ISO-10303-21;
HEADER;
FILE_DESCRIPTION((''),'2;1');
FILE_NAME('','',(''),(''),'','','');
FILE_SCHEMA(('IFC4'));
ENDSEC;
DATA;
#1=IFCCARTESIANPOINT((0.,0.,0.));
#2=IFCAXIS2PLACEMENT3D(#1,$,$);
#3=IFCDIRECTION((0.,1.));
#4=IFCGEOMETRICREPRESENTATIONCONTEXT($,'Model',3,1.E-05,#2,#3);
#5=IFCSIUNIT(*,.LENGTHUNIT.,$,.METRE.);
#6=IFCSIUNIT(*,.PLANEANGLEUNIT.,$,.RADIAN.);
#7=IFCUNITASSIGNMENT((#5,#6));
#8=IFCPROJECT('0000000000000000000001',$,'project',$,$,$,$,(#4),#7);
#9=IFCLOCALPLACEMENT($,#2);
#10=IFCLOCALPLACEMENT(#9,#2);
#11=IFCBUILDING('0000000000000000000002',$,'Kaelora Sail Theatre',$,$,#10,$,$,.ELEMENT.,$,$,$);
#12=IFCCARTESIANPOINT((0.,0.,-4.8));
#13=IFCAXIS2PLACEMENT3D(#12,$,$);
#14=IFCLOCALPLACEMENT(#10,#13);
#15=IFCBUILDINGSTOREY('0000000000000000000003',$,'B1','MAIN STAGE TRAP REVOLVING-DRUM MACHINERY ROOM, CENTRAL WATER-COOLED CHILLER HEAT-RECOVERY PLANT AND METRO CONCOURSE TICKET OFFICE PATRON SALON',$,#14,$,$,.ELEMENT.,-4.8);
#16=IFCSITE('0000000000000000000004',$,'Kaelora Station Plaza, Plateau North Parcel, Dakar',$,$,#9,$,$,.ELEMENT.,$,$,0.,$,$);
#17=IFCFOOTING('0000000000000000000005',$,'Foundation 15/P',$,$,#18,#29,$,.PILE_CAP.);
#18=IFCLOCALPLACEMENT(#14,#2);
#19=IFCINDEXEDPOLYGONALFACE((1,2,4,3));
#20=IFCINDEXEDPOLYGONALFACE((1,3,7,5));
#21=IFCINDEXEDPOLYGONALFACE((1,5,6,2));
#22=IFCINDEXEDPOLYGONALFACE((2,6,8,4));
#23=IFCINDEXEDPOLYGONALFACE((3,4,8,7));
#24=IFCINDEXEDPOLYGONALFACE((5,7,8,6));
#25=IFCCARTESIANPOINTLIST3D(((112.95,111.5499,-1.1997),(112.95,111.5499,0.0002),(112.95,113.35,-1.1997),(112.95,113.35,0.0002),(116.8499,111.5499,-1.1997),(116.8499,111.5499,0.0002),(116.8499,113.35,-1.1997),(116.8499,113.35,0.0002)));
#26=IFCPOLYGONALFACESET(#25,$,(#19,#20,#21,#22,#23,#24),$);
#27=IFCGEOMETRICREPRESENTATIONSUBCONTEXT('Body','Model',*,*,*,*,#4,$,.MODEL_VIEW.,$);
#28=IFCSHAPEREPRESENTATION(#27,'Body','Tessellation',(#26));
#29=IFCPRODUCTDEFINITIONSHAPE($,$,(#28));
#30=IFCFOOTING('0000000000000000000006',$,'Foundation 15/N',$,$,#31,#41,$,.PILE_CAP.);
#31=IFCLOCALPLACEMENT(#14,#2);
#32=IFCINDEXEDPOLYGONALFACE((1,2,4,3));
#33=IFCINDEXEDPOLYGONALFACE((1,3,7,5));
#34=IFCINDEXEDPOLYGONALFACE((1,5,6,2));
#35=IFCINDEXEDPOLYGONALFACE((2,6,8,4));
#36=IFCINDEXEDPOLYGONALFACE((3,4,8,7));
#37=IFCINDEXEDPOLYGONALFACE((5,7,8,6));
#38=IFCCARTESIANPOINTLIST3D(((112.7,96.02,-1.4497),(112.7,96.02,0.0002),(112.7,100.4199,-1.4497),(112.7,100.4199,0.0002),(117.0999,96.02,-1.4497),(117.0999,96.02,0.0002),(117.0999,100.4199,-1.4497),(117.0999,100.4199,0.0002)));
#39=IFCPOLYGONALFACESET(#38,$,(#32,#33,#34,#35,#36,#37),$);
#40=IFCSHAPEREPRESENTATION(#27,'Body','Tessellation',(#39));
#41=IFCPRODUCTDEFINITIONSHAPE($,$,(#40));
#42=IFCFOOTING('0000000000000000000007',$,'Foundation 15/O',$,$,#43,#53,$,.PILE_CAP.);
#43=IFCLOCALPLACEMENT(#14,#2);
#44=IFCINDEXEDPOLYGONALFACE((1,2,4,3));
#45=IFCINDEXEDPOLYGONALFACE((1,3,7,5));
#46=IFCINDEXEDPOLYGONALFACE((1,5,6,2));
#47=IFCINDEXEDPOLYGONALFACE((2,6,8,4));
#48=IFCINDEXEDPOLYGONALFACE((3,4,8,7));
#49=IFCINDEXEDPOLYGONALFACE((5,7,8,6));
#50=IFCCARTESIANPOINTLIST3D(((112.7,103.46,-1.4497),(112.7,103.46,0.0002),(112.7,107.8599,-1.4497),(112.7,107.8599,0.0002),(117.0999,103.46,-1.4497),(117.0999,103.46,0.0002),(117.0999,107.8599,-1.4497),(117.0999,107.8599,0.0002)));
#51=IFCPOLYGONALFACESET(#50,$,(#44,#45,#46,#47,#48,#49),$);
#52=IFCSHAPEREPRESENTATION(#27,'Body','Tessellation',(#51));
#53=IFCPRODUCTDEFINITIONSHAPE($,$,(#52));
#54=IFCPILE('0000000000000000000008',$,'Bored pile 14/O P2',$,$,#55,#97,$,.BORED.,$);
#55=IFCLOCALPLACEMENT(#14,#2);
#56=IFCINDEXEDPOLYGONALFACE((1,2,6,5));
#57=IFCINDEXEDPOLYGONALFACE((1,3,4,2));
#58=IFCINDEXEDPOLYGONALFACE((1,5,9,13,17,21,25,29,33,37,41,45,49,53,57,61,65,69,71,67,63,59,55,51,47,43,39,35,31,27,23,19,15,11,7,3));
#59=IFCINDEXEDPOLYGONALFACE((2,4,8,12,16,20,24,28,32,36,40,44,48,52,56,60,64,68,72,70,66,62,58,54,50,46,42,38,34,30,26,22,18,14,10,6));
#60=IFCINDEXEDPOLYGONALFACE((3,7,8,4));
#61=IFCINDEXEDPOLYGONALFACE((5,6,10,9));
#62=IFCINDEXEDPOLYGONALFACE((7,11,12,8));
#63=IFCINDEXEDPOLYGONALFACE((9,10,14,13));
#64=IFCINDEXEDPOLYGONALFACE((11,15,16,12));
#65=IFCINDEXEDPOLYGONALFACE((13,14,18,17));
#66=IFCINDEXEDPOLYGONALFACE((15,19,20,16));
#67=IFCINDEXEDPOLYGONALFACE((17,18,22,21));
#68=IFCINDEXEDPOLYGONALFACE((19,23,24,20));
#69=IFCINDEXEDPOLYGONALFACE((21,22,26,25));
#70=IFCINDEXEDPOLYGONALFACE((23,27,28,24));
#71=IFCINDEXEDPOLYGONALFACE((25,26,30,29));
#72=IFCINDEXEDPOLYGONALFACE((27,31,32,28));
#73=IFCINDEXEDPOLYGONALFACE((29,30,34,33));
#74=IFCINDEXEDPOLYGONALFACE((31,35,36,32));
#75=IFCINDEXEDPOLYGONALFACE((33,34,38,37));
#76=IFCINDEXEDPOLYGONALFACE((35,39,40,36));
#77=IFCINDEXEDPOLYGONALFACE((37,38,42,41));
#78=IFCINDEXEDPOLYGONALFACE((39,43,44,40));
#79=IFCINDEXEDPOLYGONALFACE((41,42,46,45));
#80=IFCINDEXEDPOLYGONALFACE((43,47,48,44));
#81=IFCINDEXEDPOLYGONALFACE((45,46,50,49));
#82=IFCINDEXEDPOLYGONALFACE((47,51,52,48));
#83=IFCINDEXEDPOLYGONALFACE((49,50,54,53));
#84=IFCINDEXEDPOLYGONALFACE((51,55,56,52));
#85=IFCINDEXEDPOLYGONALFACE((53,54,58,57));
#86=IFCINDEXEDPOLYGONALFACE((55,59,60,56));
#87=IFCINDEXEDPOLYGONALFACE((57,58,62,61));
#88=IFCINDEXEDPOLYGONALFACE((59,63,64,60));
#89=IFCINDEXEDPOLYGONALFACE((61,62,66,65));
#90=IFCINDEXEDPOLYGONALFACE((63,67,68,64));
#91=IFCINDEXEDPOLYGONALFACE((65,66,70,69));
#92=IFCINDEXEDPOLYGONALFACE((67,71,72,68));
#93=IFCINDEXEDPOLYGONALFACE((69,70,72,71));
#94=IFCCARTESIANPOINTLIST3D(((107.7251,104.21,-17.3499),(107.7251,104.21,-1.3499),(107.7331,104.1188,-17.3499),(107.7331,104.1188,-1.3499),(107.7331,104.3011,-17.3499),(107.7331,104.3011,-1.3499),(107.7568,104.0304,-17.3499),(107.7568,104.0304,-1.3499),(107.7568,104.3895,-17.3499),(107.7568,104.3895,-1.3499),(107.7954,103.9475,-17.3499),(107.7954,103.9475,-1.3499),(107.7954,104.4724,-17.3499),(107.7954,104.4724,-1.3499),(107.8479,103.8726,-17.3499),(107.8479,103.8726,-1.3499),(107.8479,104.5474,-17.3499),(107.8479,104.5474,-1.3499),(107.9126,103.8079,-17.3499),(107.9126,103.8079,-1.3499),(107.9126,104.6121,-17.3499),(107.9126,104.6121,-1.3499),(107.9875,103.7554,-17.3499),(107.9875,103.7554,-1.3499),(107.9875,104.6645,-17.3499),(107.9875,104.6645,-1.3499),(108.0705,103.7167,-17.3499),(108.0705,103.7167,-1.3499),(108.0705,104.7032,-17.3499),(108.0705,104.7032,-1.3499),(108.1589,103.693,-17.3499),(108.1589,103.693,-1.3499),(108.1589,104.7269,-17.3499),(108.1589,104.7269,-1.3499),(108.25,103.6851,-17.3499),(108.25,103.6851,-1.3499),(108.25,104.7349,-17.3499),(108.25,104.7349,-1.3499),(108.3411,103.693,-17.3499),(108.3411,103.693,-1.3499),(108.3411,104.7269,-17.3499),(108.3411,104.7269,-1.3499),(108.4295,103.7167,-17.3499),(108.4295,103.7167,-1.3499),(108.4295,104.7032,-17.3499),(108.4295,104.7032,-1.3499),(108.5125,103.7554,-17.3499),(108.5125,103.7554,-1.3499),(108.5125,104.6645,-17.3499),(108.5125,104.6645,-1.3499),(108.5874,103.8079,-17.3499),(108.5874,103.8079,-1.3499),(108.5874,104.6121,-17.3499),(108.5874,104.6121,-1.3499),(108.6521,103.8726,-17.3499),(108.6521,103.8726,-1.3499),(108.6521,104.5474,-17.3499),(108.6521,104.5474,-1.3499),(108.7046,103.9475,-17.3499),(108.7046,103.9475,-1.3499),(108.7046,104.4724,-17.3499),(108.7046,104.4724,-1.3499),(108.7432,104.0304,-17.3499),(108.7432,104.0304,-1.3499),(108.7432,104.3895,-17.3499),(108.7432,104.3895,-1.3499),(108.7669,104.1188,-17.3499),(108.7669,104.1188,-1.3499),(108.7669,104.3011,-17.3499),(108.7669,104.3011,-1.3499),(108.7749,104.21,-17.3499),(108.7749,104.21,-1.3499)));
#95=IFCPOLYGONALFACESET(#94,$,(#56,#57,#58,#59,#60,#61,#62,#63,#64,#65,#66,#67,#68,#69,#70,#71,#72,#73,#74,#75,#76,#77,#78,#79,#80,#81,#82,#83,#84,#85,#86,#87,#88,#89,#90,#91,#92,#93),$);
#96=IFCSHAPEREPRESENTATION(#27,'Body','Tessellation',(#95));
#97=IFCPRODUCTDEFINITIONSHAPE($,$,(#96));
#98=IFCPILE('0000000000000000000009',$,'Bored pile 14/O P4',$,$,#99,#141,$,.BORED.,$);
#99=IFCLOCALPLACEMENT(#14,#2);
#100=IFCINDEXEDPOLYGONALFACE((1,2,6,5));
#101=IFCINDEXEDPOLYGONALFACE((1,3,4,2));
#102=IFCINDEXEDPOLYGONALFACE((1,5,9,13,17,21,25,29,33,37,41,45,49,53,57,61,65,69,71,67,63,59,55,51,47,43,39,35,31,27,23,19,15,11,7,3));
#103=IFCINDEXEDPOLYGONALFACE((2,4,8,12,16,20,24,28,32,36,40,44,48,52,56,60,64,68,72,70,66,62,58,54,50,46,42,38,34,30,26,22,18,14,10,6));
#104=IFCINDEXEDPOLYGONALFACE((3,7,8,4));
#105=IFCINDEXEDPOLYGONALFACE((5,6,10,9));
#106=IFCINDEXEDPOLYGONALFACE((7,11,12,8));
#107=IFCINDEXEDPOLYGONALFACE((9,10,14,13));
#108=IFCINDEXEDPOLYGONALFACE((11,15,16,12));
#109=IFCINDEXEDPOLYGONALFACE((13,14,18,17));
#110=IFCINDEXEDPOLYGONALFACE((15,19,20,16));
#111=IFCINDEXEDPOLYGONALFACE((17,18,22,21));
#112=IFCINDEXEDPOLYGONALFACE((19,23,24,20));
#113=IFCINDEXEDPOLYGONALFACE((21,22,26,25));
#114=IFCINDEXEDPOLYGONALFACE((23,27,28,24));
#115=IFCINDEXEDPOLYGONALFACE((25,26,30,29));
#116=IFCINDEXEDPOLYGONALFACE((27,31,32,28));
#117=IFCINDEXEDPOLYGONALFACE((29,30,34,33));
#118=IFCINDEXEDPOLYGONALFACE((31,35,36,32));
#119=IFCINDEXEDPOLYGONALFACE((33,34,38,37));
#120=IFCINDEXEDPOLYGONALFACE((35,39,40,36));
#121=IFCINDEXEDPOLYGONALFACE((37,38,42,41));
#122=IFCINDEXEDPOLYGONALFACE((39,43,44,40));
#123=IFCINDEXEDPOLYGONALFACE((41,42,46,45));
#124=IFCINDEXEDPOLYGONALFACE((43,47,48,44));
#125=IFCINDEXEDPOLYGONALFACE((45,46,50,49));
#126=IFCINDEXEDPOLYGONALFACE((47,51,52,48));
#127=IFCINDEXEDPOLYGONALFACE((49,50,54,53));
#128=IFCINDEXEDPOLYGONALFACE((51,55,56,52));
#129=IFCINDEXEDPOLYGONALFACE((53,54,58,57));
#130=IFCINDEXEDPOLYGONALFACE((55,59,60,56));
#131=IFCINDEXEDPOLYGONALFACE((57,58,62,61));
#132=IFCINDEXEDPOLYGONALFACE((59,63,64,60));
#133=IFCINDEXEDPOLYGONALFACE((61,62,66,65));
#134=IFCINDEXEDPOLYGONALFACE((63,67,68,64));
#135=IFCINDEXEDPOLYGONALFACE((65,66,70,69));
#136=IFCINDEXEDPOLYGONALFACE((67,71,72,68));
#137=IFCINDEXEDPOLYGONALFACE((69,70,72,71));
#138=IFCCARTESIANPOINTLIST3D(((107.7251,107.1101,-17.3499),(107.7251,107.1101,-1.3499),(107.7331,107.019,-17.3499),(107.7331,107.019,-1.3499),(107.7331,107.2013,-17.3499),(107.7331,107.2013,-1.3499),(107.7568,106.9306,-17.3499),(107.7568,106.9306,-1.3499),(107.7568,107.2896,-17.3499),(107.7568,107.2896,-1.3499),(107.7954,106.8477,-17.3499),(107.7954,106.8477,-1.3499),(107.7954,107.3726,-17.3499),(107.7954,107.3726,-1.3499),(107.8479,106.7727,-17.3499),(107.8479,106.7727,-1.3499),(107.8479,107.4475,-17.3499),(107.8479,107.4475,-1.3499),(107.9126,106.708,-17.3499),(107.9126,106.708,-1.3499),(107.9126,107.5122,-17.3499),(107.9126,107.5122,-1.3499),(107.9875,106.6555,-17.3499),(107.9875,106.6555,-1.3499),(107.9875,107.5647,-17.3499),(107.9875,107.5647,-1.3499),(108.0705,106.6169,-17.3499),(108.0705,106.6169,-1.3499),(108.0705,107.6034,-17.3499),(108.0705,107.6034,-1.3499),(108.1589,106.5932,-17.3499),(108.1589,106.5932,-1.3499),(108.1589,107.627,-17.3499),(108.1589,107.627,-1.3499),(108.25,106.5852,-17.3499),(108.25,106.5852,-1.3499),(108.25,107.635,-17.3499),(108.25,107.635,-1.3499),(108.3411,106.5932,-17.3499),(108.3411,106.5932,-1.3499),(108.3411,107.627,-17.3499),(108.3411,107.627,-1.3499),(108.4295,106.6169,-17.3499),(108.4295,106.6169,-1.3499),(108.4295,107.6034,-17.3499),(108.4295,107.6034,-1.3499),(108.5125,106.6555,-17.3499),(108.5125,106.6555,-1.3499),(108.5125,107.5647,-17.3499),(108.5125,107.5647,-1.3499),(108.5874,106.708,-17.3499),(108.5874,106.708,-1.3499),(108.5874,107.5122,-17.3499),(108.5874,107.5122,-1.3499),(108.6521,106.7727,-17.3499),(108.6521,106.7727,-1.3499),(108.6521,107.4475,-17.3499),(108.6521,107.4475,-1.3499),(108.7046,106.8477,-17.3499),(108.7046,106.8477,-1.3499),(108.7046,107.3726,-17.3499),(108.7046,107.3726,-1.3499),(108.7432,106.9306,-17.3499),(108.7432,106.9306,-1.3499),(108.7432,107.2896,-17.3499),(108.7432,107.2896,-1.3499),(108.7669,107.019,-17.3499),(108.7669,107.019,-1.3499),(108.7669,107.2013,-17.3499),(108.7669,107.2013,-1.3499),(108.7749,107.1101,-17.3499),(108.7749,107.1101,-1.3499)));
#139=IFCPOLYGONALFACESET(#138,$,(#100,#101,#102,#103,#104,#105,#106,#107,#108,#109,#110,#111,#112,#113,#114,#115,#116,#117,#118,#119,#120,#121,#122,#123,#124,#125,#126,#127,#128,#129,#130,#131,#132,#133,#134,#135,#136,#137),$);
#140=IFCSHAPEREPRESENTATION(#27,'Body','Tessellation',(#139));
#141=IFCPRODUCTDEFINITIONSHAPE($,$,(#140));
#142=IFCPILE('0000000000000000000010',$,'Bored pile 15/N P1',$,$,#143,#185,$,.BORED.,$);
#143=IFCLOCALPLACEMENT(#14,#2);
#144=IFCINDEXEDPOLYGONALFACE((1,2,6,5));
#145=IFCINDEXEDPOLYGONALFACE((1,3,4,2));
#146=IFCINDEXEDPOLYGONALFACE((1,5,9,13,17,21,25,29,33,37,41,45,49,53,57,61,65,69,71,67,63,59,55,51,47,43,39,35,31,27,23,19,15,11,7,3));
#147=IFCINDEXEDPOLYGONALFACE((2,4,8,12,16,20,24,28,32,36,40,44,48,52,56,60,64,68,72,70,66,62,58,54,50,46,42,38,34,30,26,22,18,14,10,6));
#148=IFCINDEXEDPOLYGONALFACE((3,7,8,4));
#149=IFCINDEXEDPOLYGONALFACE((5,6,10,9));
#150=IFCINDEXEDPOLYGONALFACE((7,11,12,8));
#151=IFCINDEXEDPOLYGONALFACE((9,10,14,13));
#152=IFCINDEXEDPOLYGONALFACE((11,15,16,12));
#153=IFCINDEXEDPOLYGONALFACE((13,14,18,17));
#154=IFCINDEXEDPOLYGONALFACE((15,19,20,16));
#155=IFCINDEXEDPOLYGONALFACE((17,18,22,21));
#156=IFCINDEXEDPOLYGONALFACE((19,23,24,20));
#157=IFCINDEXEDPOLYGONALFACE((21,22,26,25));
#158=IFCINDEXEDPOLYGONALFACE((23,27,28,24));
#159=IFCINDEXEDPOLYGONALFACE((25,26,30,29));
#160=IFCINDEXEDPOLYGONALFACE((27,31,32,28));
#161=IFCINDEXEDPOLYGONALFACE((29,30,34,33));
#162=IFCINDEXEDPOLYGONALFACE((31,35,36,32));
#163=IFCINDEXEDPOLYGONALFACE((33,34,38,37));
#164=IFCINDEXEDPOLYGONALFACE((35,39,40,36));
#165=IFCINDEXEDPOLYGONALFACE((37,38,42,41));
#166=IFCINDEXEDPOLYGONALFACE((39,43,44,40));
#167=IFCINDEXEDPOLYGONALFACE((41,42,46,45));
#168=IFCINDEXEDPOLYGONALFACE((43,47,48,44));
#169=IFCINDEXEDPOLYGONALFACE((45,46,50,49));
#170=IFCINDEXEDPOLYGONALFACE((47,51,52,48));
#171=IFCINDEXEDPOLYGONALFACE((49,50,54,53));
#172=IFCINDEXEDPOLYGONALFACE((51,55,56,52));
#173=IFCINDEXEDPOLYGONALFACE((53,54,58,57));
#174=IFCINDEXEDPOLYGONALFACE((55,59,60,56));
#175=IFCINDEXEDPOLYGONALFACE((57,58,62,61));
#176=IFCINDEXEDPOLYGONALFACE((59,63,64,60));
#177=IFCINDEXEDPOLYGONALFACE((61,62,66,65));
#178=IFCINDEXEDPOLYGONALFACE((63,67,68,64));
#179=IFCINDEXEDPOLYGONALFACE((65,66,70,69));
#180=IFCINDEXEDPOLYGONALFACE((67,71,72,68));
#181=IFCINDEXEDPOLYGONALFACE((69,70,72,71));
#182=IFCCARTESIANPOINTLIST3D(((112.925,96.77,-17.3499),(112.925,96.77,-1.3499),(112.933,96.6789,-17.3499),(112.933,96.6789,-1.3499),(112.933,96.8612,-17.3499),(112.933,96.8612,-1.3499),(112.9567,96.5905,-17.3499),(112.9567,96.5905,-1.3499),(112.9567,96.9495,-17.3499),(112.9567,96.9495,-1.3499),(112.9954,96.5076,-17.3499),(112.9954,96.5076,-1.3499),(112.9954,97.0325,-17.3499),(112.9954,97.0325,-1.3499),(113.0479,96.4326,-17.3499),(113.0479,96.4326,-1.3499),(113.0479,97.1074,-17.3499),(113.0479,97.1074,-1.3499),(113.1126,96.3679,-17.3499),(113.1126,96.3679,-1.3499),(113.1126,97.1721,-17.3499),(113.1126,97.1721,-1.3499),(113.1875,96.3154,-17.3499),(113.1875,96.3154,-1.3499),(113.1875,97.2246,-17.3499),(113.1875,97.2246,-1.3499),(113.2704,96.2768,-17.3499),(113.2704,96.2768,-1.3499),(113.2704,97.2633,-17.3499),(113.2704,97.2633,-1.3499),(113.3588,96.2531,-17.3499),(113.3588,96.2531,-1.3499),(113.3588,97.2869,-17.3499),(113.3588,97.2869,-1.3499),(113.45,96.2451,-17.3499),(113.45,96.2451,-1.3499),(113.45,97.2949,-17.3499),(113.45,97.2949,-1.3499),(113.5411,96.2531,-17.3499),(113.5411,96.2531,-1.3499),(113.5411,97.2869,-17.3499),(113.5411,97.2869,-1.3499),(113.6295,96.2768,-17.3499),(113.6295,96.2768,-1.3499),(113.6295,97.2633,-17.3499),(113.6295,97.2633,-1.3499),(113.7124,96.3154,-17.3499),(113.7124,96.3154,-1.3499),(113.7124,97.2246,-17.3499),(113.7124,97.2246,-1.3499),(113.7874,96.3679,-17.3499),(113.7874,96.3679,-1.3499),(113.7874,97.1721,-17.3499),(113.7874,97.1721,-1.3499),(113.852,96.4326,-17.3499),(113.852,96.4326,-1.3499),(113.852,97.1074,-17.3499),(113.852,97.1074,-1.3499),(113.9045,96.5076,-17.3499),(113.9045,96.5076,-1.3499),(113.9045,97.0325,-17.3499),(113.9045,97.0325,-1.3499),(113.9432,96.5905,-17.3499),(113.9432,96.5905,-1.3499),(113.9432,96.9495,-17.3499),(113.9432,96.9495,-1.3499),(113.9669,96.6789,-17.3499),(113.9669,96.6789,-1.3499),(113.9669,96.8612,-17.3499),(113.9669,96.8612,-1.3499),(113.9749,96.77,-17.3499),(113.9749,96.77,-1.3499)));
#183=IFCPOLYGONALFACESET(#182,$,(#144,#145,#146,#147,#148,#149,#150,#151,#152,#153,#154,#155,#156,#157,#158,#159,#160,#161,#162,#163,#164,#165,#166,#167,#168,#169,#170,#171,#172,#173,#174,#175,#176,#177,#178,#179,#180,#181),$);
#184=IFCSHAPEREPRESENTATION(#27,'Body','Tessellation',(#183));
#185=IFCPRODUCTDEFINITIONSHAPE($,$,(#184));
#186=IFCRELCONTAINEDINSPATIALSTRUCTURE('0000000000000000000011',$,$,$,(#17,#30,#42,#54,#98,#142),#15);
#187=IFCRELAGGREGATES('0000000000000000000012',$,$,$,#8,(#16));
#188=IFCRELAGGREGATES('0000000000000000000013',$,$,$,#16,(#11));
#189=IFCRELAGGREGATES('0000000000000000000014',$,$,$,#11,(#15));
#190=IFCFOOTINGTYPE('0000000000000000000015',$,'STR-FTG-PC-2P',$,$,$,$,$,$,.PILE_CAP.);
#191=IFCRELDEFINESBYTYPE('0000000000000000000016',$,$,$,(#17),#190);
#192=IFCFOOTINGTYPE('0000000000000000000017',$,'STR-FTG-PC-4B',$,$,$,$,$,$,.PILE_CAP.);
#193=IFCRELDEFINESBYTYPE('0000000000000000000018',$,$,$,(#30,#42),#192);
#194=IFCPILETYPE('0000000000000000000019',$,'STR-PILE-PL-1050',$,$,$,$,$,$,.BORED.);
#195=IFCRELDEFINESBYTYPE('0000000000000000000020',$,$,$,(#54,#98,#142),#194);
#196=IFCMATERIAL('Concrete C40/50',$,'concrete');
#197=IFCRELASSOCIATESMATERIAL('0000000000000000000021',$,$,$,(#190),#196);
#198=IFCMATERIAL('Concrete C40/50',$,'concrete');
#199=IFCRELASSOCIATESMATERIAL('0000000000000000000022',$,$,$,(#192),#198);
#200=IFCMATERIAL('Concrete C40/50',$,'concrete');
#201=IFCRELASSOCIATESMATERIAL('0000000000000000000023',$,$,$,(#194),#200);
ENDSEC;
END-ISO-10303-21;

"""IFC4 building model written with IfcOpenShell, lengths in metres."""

from ifc_helpers import new_model, si_unit, direction, frame, origin, origin_2d, place, context, subcontext, project, spatial, rectangle, circle, extrude, material, material_profile, profile_set, type_object, element, save


model = new_model("IFC4")

# Units and contexts
model_context = context("Model", 3, precision=1e-05, world=origin(), true_north=direction((0.0, 1.0)))
body_context = subcontext(model_context, "Body", "Model", "MODEL_VIEW")
ifc_project = project(units=[si_unit("LENGTHUNIT", "METRE"), si_unit("PLANEANGLEUNIT", "RADIAN")], contexts=[model_context])

# Site, building, storey
site_placement = place(None, origin())
site = spatial("IfcSite", under=ifc_project, at=site_placement, Name="Kaelora Station Plaza, Plateau North Parcel, Dakar", CompositionType="ELEMENT", RefElevation=0.0)
building_placement = place(site_placement, origin())
building = spatial("IfcBuilding", under=site, at=building_placement, Name="Kaelora Sail Theatre", CompositionType="ELEMENT")
storey_placement = place(building_placement, frame((0.0, 0.0, -4.8)))
storey = spatial("IfcBuildingStorey", under=building, at=storey_placement, Name="B1", Description="MAIN STAGE TRAP REVOLVING-DRUM MACHINERY ROOM, CENTRAL WATER-COOLED CHILLER HEAT-RECOVERY PLANT AND METRO CONCOURSE TICKET OFFICE PATRON SALON", CompositionType="ELEMENT", Elevation=-4.8)

# Footings
ifc_material_1 = material(Name="Concrete C40/50", Category="concrete")
footing_type_1 = type_object("IfcFootingType", Name="STR-FTG-PC-2P", PredefinedType="PILE_CAP", material=ifc_material_1)
footing_placement = place(storey_placement, frame((114.8999, 112.45, -1.1997), z_axis=(0.0, 0.0, 1.0), x_axis=(1.0, 0.0, 0.0)))
element("IfcFooting", 1, at=footing_placement, inside=storey, type_object=footing_type_1, Name="Foundation 15/P", PredefinedType="PILE_CAP", context=body_context, shape_type="SweptSolid", body=[
    extrude(rectangle(XDim=3.8999, YDim=1.8, at=origin_2d()), origin(), (0.0, 0.0, 1.0), 1.2),
])
ifc_material_2 = material(Name="Concrete C40/50", Category="concrete")
footing_type_2 = type_object("IfcFootingType", Name="STR-FTG-PC-4B", PredefinedType="PILE_CAP", material=ifc_material_2)
for number, where, z_axis, x_axis, name in (
    (2, (114.8999, 98.22, -1.4497), (0.0, 0.0, 1.0), (1.0, 0.0, 0.0), "Foundation 15/N"),
    (3, (114.8999, 105.6599, -1.4497), (0.0, 0.0, 1.0), (1.0, 0.0, 0.0), "Foundation 15/O"),
):
    element("IfcFooting", number, at=place(storey_placement, frame(where, z_axis=z_axis, x_axis=x_axis)), inside=storey, type_object=footing_type_2, Name=name, PredefinedType="PILE_CAP", context=body_context, shape_type="SweptSolid", body=[
        extrude(rectangle(XDim=4.3999, YDim=4.3999, at=origin_2d()), origin(), (0.0, 0.0, 1.0), 1.45),
    ])

# Piles
ifc_material_3 = material(Name="Concrete C40/50", Category="concrete")
ifc_material_profile_1 = material_profile(ifc_material_3, circle(Radius=0.5249, at=origin_2d()), Name="PILE D1050")
ifc_profile_set_1 = profile_set([ifc_material_profile_1], Name="Concrete C40/50")
pile_type_1 = type_object("IfcPileType", Name="STR-PILE-PL-1050", PredefinedType="BORED", material=ifc_profile_set_1)
for number, where, z_axis, x_axis, name in (
    (4, (108.25, 104.21, -1.3499), (0.0, 0.0, -1.0), (1.0, 0.0, 0.0), "Bored pile 14/O P2"),
    (5, (108.25, 107.1101, -1.3499), (0.0, 0.0, -1.0), (1.0, 0.0, 0.0), "Bored pile 14/O P4"),
    (6, (113.45, 96.77, -1.3499), (0.0, 0.0, -1.0), (1.0, 0.0, 0.0), "Bored pile 15/N P1"),
):
    element("IfcPile", number, at=place(storey_placement, frame(where, z_axis=z_axis, x_axis=x_axis)), inside=storey, type_object=pile_type_1, Name=name, PredefinedType="BORED", context=body_context, shape_type="SweptSolid", body=[
        extrude(circle(Radius=0.5249, at=origin_2d()), origin(), (0.0, 0.0, 1.0), 16.0),
    ])

save(model, "model.ifc")
